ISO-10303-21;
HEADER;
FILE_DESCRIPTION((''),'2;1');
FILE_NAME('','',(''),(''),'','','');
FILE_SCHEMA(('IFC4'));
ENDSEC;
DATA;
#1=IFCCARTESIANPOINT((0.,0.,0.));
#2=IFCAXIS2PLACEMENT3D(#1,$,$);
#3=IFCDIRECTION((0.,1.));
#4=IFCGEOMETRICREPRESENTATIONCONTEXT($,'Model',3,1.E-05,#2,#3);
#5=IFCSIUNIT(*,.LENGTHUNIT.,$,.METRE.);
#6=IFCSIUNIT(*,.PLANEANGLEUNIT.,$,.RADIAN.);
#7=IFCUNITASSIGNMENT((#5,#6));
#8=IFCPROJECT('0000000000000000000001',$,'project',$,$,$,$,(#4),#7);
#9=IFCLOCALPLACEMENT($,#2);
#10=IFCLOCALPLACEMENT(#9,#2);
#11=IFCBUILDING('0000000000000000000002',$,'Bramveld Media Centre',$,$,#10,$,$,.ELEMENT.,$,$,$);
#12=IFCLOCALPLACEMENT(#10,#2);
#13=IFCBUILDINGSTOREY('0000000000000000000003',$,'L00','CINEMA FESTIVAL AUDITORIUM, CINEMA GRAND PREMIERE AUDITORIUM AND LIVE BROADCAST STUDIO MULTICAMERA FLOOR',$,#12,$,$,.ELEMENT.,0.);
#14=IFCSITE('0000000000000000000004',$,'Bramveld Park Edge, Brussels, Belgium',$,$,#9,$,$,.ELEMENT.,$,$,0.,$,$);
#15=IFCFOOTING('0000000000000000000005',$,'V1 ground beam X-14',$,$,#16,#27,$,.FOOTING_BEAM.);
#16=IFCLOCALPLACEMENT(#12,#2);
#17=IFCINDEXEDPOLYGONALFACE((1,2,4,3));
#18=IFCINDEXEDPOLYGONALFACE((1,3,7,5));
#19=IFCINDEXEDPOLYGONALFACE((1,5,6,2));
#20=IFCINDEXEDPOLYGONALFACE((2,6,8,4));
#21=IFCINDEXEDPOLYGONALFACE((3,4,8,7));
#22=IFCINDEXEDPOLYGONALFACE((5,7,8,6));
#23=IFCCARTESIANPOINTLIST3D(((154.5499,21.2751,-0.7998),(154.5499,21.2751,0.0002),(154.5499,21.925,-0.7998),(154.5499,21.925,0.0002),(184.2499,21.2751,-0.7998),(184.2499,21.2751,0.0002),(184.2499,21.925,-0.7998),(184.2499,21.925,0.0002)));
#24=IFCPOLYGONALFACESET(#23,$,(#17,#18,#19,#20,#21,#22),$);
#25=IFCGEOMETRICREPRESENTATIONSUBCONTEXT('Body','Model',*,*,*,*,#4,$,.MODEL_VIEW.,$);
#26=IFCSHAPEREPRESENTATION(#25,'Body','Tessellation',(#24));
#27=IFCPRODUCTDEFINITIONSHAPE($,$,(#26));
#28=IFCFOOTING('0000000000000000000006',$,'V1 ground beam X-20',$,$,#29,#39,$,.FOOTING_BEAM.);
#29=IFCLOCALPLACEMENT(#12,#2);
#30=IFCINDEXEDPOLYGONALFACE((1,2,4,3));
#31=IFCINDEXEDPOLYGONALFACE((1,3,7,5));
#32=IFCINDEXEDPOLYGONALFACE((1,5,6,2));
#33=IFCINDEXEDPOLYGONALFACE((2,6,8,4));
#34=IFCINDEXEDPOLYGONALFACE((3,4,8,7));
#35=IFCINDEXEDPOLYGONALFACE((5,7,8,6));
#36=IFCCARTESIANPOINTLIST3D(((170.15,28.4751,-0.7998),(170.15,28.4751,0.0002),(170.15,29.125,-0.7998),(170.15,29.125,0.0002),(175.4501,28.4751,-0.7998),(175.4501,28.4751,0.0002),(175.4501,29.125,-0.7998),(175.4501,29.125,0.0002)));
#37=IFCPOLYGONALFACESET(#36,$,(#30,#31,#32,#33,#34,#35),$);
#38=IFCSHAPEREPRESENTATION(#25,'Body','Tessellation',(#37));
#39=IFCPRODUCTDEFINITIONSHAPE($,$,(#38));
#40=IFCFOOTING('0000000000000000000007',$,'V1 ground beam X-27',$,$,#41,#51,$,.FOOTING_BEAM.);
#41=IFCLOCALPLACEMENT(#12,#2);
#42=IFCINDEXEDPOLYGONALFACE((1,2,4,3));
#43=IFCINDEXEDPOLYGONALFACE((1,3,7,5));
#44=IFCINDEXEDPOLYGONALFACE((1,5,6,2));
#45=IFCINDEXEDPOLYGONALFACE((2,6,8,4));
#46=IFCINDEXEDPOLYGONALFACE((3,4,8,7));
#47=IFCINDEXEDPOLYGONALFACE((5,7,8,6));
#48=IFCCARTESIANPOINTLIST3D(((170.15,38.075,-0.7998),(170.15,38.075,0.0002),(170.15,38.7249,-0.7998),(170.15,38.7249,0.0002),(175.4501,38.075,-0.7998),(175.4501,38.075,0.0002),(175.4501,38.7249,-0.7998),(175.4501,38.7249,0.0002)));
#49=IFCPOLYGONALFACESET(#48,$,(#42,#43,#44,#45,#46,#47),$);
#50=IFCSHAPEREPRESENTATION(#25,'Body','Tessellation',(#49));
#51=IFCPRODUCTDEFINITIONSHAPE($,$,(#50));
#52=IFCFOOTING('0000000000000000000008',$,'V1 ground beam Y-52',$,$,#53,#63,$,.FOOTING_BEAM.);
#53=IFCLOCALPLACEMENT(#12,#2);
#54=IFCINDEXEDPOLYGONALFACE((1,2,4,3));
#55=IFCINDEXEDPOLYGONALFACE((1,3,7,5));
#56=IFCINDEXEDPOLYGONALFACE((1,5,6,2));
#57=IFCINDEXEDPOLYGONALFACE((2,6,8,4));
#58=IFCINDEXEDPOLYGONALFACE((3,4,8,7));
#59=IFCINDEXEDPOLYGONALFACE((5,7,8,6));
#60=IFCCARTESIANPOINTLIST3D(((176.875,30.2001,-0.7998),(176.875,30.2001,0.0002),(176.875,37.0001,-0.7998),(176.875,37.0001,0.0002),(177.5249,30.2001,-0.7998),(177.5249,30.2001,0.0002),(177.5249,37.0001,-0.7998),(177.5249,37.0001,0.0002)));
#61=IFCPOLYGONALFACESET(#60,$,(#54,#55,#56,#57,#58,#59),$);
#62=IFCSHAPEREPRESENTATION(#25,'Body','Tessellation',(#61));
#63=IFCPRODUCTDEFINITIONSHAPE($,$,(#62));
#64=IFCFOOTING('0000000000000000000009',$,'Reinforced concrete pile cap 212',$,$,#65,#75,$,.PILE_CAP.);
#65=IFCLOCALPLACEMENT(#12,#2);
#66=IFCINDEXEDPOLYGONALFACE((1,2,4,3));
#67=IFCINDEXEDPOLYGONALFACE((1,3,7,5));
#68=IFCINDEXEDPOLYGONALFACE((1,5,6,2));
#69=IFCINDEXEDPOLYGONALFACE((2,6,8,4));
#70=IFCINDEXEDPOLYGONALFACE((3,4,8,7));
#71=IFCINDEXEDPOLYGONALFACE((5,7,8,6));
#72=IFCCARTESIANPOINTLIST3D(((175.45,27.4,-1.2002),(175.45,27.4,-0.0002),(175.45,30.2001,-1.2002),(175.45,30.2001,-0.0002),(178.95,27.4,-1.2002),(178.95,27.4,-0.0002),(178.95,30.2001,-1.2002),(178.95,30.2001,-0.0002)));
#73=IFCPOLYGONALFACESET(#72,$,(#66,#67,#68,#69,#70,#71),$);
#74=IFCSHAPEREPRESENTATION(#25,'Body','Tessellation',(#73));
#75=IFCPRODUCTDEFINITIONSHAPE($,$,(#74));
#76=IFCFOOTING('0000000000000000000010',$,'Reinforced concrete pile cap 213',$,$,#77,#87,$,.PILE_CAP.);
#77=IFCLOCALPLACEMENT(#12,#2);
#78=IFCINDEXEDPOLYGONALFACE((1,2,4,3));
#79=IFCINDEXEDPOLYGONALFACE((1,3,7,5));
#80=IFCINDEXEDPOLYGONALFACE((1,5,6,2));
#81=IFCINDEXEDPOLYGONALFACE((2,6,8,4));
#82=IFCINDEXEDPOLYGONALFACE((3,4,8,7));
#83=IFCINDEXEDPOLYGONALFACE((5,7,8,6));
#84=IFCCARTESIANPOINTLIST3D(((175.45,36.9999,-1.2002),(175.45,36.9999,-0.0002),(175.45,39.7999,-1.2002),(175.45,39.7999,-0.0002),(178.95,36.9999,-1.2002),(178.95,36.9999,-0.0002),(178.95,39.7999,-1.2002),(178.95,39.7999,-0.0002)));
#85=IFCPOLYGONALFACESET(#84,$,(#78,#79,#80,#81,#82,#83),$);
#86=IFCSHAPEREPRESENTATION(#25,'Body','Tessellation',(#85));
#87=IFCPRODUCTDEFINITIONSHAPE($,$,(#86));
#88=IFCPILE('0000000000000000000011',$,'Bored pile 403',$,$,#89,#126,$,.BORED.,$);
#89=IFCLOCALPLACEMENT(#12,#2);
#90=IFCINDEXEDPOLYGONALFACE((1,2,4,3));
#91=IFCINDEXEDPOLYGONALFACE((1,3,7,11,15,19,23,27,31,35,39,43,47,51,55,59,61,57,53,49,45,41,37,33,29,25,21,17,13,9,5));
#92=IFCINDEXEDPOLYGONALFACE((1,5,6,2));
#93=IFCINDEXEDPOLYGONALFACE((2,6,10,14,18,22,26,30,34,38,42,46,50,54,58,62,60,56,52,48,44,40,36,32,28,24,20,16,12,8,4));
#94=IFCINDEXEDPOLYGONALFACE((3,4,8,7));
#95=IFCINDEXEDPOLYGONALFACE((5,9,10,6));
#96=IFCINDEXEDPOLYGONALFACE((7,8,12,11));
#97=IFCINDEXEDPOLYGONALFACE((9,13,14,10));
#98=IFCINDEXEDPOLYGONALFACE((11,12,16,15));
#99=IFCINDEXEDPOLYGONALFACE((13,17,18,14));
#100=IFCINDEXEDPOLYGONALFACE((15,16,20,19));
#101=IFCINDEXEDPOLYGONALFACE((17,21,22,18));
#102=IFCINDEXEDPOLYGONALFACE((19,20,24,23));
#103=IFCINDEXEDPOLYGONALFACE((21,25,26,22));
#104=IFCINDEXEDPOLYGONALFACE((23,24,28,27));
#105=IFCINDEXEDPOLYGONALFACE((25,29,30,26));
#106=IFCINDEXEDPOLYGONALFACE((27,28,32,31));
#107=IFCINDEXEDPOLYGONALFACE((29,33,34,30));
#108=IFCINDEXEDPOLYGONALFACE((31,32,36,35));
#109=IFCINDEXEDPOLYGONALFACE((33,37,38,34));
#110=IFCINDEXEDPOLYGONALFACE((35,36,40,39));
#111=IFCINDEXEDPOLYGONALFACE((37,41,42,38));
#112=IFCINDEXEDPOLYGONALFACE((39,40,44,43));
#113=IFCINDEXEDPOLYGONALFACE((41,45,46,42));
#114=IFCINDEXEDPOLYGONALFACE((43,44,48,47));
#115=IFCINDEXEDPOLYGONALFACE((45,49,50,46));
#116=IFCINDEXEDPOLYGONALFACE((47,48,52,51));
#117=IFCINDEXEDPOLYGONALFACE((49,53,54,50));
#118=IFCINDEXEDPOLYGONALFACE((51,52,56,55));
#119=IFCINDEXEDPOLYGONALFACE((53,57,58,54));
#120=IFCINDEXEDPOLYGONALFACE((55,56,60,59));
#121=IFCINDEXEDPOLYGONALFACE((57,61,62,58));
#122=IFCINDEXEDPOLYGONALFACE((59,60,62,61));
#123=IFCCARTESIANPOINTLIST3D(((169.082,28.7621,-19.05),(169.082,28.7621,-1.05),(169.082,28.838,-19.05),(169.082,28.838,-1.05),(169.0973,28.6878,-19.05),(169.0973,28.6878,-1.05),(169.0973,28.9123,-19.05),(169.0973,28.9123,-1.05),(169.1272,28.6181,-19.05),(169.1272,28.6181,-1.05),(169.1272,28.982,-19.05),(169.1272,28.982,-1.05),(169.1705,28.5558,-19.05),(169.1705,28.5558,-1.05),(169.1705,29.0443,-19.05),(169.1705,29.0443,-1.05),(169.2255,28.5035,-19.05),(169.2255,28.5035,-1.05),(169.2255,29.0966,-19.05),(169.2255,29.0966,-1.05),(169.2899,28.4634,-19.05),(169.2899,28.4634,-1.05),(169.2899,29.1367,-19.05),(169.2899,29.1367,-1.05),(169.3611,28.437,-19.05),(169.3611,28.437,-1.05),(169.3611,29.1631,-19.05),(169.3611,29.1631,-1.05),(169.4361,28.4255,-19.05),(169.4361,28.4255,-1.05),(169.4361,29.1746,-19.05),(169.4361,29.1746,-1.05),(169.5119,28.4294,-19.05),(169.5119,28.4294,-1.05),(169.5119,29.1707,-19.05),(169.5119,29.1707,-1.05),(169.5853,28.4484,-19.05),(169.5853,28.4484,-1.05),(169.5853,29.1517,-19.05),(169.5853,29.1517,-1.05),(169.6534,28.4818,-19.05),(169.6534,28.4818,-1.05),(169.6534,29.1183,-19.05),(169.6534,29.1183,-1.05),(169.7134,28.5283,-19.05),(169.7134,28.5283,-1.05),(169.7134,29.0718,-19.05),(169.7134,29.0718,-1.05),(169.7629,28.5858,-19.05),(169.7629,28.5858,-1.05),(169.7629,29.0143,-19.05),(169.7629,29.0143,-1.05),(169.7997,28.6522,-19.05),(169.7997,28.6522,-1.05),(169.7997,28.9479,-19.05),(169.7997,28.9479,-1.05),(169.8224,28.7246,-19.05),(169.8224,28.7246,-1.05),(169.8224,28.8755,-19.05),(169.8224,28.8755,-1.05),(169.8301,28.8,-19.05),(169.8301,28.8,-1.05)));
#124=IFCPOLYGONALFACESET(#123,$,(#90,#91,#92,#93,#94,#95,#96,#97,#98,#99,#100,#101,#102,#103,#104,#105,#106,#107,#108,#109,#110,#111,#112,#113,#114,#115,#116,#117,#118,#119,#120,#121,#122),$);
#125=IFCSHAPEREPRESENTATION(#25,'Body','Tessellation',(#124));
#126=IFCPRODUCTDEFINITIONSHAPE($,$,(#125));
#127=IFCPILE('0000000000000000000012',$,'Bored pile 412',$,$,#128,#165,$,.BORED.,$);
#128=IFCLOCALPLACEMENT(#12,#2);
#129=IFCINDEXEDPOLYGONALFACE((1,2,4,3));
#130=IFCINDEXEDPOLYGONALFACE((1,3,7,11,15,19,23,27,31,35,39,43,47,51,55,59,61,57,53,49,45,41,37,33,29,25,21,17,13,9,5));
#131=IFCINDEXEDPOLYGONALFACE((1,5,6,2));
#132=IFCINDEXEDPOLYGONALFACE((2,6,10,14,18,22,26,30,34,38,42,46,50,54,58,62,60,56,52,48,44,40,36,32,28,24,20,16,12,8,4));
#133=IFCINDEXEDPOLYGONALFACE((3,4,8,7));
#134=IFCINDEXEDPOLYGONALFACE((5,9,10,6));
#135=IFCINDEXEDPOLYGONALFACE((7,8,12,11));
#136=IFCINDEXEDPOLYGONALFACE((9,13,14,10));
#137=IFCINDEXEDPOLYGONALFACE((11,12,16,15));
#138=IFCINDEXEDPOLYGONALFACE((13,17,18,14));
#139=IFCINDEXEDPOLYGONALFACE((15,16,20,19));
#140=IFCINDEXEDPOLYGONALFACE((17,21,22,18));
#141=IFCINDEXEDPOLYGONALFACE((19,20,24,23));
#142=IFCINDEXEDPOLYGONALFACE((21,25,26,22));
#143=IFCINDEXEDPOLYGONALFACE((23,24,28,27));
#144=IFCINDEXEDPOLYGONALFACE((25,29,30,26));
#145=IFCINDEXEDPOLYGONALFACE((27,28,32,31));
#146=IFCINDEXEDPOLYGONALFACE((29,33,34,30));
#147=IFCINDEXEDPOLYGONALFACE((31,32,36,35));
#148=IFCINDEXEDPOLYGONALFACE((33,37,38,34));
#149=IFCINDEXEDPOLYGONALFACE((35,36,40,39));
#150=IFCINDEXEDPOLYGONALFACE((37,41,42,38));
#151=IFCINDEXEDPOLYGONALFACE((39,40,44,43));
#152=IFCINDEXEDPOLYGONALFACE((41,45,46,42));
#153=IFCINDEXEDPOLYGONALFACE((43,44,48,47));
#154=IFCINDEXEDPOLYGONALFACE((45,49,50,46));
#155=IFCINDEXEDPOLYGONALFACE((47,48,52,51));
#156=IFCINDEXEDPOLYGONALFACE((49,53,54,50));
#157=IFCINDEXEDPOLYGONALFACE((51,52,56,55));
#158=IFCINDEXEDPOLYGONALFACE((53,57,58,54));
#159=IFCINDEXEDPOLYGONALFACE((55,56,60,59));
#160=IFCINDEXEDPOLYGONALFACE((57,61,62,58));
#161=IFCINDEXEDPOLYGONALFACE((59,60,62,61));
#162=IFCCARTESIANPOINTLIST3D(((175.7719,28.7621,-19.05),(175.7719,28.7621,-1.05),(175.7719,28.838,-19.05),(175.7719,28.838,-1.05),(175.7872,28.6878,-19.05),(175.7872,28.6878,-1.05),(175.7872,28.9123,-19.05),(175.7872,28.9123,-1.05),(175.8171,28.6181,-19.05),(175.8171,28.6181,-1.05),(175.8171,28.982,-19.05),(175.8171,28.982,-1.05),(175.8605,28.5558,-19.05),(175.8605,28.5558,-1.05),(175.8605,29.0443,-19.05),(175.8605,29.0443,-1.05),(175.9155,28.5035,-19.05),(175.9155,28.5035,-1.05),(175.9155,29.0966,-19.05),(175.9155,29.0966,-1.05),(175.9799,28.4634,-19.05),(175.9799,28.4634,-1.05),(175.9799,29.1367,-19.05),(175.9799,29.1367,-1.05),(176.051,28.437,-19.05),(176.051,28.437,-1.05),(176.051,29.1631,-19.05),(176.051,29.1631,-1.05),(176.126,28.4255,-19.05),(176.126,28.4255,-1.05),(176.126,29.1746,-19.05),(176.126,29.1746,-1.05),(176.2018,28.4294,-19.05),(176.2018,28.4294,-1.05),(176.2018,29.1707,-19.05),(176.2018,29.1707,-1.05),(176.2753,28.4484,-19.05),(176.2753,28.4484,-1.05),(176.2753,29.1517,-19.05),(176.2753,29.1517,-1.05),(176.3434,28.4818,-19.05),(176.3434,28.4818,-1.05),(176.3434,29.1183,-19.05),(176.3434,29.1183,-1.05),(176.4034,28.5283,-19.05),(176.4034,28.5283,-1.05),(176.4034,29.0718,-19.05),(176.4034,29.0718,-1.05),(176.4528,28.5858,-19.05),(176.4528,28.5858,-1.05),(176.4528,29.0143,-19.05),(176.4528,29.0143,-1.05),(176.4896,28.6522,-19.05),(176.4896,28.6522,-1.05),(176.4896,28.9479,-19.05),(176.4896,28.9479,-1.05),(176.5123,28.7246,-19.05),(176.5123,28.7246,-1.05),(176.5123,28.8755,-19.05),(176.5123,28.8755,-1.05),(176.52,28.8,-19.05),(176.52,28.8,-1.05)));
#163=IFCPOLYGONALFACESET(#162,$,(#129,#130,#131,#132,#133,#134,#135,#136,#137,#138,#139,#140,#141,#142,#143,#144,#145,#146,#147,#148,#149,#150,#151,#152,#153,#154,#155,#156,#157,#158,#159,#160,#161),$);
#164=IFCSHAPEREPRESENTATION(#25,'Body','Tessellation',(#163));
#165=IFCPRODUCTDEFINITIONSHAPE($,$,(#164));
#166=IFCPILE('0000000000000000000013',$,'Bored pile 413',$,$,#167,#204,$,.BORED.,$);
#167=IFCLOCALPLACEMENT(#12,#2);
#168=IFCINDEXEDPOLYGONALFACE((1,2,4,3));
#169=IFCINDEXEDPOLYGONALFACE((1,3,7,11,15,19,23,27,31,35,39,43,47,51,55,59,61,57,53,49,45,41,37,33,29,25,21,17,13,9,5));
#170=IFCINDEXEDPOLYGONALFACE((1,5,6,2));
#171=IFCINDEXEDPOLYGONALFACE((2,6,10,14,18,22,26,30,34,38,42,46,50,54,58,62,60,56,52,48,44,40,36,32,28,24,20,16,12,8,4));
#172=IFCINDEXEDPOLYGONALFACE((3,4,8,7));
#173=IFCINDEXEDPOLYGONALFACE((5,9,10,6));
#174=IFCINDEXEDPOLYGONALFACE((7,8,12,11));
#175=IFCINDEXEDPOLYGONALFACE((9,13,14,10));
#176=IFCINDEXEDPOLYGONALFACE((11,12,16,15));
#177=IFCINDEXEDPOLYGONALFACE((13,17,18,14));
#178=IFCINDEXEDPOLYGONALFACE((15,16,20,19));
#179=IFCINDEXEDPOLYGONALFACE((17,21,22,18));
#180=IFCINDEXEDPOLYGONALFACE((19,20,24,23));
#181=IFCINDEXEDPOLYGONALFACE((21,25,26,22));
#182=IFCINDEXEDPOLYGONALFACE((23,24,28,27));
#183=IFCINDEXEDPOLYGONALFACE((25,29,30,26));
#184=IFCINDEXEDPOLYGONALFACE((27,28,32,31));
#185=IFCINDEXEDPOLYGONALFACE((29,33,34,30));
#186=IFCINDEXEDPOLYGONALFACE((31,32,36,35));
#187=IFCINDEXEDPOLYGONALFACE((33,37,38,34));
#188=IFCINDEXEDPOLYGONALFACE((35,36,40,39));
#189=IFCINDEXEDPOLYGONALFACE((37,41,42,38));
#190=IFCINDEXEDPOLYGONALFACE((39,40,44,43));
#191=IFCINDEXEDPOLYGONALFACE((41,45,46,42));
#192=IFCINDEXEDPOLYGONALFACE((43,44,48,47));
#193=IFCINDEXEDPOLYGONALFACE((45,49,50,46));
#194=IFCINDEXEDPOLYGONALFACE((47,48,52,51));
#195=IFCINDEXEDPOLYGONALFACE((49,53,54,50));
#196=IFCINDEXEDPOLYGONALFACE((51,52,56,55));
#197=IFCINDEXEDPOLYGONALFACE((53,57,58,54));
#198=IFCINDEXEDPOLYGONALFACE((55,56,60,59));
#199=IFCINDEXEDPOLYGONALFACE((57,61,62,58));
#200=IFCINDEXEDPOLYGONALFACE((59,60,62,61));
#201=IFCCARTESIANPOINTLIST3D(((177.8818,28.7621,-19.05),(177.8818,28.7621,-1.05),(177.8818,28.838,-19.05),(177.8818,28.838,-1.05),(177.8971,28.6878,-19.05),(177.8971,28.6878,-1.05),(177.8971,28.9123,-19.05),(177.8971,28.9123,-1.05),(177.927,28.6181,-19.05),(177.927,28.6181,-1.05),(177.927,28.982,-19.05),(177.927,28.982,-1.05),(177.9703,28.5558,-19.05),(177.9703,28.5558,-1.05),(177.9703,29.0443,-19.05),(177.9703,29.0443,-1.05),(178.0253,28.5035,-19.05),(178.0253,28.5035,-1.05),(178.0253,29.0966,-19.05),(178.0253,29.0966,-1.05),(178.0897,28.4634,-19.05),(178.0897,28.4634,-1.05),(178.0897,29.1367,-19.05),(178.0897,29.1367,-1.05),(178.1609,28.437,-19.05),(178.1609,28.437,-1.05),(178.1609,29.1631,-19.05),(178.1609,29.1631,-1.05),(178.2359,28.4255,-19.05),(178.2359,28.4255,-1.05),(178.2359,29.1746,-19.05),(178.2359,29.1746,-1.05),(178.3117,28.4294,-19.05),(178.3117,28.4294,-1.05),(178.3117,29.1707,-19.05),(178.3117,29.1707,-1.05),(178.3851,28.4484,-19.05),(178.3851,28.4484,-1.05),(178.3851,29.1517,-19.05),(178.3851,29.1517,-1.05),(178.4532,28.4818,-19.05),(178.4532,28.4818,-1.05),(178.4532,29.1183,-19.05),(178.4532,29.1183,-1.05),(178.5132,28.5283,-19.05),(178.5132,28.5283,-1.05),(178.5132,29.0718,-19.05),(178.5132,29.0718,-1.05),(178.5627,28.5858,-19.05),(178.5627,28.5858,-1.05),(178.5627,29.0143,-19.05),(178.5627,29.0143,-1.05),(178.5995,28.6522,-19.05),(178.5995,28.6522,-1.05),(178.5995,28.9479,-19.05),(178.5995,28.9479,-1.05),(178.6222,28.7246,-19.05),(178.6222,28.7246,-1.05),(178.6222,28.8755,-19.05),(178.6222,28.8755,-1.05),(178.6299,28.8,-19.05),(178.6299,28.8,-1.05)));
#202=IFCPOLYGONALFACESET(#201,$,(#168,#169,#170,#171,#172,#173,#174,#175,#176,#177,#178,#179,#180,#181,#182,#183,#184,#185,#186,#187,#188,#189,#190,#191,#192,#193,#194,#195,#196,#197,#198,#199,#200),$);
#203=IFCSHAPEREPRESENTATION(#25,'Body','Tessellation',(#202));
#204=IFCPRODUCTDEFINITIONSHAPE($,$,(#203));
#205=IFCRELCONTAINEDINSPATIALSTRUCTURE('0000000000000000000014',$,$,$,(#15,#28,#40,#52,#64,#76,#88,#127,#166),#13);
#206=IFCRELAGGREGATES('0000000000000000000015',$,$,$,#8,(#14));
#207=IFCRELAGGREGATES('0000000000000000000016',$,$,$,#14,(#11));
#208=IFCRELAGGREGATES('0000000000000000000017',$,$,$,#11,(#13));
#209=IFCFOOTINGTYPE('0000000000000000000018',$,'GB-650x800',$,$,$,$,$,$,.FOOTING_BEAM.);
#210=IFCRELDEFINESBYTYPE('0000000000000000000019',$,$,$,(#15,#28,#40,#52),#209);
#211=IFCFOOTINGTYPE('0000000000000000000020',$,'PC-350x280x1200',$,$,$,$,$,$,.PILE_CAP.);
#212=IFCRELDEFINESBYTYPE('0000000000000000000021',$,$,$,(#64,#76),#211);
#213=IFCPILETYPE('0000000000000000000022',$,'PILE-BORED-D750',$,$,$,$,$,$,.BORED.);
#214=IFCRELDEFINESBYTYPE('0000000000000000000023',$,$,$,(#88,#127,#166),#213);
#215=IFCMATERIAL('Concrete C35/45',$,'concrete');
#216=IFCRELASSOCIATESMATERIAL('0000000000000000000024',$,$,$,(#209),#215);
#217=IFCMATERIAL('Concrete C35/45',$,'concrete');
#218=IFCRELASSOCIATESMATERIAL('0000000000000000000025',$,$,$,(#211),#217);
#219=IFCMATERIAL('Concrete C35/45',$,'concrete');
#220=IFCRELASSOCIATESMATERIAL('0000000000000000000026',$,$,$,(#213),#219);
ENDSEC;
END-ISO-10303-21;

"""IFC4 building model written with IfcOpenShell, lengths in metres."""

from ifc_helpers import new_model, si_unit, direction, frame, origin, origin_2d, place, context, subcontext, project, spatial, rectangle, circle, extrude, material, material_profile, profile_set, type_object, element, save


model = new_model("IFC4")

# Units and contexts
model_context = context("Model", 3, precision=1e-05, world=origin(), true_north=direction((0.0, 1.0)))
body_context = subcontext(model_context, "Body", "Model", "MODEL_VIEW")
ifc_project = project(units=[si_unit("LENGTHUNIT", "METRE"), si_unit("PLANEANGLEUNIT", "RADIAN")], contexts=[model_context])

# Site, building, storey
site_placement = place(None, origin())
site = spatial("IfcSite", under=ifc_project, at=site_placement, Name="Bramveld Park Edge, Brussels, Belgium", CompositionType="ELEMENT", RefElevation=0.0)
building_placement = place(site_placement, origin())
building = spatial("IfcBuilding", under=site, at=building_placement, Name="Bramveld Media Centre", CompositionType="ELEMENT")
storey_placement = place(building_placement, origin())
storey = spatial("IfcBuildingStorey", under=building, at=storey_placement, Name="L00", Description="CINEMA FESTIVAL AUDITORIUM, CINEMA GRAND PREMIERE AUDITORIUM AND LIVE BROADCAST STUDIO MULTICAMERA FLOOR", CompositionType="ELEMENT", Elevation=0.0)

# Footings
ifc_material_1 = material(Name="Concrete C35/45", Category="concrete")
footing_type_1 = type_object("IfcFootingType", Name="GB-650x800", PredefinedType="FOOTING_BEAM", material=ifc_material_1)
footing_1_placement = place(storey_placement, frame((169.3999, 21.6001, -0.7998), z_axis=(0.0, 0.0, 1.0), x_axis=(1.0, 0.0, 0.0)))
element("IfcFooting", 1, at=footing_1_placement, inside=storey, type_object=footing_type_1, Name="V1 ground beam X-14", PredefinedType="FOOTING_BEAM", context=body_context, shape_type="SweptSolid", body=[
    extrude(rectangle(XDim=29.7, YDim=0.6499, at=origin_2d()), origin(), (0.0, 0.0, 1.0), 0.8),
])
for number, where, z_axis, x_axis, name in (
    (2, (172.8, 28.8, -0.7998), (0.0, 0.0, 1.0), (1.0, 0.0, 0.0), "V1 ground beam X-20"),
    (3, (172.8, 38.3999, -0.7998), (0.0, 0.0, 1.0), (1.0, 0.0, 0.0), "V1 ground beam X-27"),
):
    element("IfcFooting", number, at=place(storey_placement, frame(where, z_axis=z_axis, x_axis=x_axis)), inside=storey, type_object=footing_type_1, Name=name, PredefinedType="FOOTING_BEAM", context=body_context, shape_type="SweptSolid", body=[
        extrude(rectangle(XDim=5.3, YDim=0.6499, at=origin_2d()), origin(), (0.0, 0.0, 1.0), 0.8),
    ])
footing_2_placement = place(storey_placement, frame((177.2, 33.6001, -0.7998), z_axis=(0.0, 0.0, 1.0), x_axis=(1.0, 0.0, 0.0)))
element("IfcFooting", 4, at=footing_2_placement, inside=storey, type_object=footing_type_1, Name="V1 ground beam Y-52", PredefinedType="FOOTING_BEAM", context=body_context, shape_type="SweptSolid", body=[
    extrude(rectangle(XDim=0.6499, YDim=6.8, at=origin_2d()), origin(), (0.0, 0.0, 1.0), 0.8),
])
ifc_material_2 = material(Name="Concrete C35/45", Category="concrete")
footing_type_2 = type_object("IfcFootingType", Name="PC-350x280x1200", PredefinedType="PILE_CAP", material=ifc_material_2)
for number, where, z_axis, x_axis, name in (
    (5, (177.2, 28.8, -1.2002), (0.0, 0.0, 1.0), (1.0, 0.0, 0.0), "Reinforced concrete pile cap 212"),
    (6, (177.2, 38.3999, -1.2002), (0.0, 0.0, 1.0), (1.0, 0.0, 0.0), "Reinforced concrete pile cap 213"),
):
    element("IfcFooting", number, at=place(storey_placement, frame(where, z_axis=z_axis, x_axis=x_axis)), inside=storey, type_object=footing_type_2, Name=name, PredefinedType="PILE_CAP", context=body_context, shape_type="SweptSolid", body=[
        extrude(rectangle(XDim=3.5, YDim=2.8, at=origin_2d()), origin(), (0.0, 0.0, 1.0), 1.2),
    ])

# Piles
ifc_material_3 = material(Name="Concrete C35/45", Category="concrete")
ifc_material_profile_1 = material_profile(ifc_material_3, circle(Radius=0.375, at=origin_2d()), Name="BORED D750")
ifc_profile_set_1 = profile_set([ifc_material_profile_1], Name="Concrete C35/45")
pile_type = type_object("IfcPileType", Name="PILE-BORED-D750", PredefinedType="BORED", material=ifc_profile_set_1)
for number, where, z_axis, x_axis, name in (
    (7, (169.4551, 28.8, -1.05), (0.0, 0.0, -1.0), (1.0, 0.0, 0.0), "Bored pile 403"),
    (8, (176.145, 28.8, -1.05), (0.0, 0.0, -1.0), (1.0, 0.0, 0.0), "Bored pile 412"),
    (9, (178.2549, 28.8, -1.05), (0.0, 0.0, -1.0), (1.0, 0.0, 0.0), "Bored pile 413"),
):
    element("IfcPile", number, at=place(storey_placement, frame(where, z_axis=z_axis, x_axis=x_axis)), inside=storey, type_object=pile_type, Name=name, PredefinedType="BORED", context=body_context, shape_type="SweptSolid", body=[
        extrude(circle(Radius=0.375, at=origin_2d()), origin(), (0.0, 0.0, 1.0), 18.0),
    ])

save(model, "model.ifc")
